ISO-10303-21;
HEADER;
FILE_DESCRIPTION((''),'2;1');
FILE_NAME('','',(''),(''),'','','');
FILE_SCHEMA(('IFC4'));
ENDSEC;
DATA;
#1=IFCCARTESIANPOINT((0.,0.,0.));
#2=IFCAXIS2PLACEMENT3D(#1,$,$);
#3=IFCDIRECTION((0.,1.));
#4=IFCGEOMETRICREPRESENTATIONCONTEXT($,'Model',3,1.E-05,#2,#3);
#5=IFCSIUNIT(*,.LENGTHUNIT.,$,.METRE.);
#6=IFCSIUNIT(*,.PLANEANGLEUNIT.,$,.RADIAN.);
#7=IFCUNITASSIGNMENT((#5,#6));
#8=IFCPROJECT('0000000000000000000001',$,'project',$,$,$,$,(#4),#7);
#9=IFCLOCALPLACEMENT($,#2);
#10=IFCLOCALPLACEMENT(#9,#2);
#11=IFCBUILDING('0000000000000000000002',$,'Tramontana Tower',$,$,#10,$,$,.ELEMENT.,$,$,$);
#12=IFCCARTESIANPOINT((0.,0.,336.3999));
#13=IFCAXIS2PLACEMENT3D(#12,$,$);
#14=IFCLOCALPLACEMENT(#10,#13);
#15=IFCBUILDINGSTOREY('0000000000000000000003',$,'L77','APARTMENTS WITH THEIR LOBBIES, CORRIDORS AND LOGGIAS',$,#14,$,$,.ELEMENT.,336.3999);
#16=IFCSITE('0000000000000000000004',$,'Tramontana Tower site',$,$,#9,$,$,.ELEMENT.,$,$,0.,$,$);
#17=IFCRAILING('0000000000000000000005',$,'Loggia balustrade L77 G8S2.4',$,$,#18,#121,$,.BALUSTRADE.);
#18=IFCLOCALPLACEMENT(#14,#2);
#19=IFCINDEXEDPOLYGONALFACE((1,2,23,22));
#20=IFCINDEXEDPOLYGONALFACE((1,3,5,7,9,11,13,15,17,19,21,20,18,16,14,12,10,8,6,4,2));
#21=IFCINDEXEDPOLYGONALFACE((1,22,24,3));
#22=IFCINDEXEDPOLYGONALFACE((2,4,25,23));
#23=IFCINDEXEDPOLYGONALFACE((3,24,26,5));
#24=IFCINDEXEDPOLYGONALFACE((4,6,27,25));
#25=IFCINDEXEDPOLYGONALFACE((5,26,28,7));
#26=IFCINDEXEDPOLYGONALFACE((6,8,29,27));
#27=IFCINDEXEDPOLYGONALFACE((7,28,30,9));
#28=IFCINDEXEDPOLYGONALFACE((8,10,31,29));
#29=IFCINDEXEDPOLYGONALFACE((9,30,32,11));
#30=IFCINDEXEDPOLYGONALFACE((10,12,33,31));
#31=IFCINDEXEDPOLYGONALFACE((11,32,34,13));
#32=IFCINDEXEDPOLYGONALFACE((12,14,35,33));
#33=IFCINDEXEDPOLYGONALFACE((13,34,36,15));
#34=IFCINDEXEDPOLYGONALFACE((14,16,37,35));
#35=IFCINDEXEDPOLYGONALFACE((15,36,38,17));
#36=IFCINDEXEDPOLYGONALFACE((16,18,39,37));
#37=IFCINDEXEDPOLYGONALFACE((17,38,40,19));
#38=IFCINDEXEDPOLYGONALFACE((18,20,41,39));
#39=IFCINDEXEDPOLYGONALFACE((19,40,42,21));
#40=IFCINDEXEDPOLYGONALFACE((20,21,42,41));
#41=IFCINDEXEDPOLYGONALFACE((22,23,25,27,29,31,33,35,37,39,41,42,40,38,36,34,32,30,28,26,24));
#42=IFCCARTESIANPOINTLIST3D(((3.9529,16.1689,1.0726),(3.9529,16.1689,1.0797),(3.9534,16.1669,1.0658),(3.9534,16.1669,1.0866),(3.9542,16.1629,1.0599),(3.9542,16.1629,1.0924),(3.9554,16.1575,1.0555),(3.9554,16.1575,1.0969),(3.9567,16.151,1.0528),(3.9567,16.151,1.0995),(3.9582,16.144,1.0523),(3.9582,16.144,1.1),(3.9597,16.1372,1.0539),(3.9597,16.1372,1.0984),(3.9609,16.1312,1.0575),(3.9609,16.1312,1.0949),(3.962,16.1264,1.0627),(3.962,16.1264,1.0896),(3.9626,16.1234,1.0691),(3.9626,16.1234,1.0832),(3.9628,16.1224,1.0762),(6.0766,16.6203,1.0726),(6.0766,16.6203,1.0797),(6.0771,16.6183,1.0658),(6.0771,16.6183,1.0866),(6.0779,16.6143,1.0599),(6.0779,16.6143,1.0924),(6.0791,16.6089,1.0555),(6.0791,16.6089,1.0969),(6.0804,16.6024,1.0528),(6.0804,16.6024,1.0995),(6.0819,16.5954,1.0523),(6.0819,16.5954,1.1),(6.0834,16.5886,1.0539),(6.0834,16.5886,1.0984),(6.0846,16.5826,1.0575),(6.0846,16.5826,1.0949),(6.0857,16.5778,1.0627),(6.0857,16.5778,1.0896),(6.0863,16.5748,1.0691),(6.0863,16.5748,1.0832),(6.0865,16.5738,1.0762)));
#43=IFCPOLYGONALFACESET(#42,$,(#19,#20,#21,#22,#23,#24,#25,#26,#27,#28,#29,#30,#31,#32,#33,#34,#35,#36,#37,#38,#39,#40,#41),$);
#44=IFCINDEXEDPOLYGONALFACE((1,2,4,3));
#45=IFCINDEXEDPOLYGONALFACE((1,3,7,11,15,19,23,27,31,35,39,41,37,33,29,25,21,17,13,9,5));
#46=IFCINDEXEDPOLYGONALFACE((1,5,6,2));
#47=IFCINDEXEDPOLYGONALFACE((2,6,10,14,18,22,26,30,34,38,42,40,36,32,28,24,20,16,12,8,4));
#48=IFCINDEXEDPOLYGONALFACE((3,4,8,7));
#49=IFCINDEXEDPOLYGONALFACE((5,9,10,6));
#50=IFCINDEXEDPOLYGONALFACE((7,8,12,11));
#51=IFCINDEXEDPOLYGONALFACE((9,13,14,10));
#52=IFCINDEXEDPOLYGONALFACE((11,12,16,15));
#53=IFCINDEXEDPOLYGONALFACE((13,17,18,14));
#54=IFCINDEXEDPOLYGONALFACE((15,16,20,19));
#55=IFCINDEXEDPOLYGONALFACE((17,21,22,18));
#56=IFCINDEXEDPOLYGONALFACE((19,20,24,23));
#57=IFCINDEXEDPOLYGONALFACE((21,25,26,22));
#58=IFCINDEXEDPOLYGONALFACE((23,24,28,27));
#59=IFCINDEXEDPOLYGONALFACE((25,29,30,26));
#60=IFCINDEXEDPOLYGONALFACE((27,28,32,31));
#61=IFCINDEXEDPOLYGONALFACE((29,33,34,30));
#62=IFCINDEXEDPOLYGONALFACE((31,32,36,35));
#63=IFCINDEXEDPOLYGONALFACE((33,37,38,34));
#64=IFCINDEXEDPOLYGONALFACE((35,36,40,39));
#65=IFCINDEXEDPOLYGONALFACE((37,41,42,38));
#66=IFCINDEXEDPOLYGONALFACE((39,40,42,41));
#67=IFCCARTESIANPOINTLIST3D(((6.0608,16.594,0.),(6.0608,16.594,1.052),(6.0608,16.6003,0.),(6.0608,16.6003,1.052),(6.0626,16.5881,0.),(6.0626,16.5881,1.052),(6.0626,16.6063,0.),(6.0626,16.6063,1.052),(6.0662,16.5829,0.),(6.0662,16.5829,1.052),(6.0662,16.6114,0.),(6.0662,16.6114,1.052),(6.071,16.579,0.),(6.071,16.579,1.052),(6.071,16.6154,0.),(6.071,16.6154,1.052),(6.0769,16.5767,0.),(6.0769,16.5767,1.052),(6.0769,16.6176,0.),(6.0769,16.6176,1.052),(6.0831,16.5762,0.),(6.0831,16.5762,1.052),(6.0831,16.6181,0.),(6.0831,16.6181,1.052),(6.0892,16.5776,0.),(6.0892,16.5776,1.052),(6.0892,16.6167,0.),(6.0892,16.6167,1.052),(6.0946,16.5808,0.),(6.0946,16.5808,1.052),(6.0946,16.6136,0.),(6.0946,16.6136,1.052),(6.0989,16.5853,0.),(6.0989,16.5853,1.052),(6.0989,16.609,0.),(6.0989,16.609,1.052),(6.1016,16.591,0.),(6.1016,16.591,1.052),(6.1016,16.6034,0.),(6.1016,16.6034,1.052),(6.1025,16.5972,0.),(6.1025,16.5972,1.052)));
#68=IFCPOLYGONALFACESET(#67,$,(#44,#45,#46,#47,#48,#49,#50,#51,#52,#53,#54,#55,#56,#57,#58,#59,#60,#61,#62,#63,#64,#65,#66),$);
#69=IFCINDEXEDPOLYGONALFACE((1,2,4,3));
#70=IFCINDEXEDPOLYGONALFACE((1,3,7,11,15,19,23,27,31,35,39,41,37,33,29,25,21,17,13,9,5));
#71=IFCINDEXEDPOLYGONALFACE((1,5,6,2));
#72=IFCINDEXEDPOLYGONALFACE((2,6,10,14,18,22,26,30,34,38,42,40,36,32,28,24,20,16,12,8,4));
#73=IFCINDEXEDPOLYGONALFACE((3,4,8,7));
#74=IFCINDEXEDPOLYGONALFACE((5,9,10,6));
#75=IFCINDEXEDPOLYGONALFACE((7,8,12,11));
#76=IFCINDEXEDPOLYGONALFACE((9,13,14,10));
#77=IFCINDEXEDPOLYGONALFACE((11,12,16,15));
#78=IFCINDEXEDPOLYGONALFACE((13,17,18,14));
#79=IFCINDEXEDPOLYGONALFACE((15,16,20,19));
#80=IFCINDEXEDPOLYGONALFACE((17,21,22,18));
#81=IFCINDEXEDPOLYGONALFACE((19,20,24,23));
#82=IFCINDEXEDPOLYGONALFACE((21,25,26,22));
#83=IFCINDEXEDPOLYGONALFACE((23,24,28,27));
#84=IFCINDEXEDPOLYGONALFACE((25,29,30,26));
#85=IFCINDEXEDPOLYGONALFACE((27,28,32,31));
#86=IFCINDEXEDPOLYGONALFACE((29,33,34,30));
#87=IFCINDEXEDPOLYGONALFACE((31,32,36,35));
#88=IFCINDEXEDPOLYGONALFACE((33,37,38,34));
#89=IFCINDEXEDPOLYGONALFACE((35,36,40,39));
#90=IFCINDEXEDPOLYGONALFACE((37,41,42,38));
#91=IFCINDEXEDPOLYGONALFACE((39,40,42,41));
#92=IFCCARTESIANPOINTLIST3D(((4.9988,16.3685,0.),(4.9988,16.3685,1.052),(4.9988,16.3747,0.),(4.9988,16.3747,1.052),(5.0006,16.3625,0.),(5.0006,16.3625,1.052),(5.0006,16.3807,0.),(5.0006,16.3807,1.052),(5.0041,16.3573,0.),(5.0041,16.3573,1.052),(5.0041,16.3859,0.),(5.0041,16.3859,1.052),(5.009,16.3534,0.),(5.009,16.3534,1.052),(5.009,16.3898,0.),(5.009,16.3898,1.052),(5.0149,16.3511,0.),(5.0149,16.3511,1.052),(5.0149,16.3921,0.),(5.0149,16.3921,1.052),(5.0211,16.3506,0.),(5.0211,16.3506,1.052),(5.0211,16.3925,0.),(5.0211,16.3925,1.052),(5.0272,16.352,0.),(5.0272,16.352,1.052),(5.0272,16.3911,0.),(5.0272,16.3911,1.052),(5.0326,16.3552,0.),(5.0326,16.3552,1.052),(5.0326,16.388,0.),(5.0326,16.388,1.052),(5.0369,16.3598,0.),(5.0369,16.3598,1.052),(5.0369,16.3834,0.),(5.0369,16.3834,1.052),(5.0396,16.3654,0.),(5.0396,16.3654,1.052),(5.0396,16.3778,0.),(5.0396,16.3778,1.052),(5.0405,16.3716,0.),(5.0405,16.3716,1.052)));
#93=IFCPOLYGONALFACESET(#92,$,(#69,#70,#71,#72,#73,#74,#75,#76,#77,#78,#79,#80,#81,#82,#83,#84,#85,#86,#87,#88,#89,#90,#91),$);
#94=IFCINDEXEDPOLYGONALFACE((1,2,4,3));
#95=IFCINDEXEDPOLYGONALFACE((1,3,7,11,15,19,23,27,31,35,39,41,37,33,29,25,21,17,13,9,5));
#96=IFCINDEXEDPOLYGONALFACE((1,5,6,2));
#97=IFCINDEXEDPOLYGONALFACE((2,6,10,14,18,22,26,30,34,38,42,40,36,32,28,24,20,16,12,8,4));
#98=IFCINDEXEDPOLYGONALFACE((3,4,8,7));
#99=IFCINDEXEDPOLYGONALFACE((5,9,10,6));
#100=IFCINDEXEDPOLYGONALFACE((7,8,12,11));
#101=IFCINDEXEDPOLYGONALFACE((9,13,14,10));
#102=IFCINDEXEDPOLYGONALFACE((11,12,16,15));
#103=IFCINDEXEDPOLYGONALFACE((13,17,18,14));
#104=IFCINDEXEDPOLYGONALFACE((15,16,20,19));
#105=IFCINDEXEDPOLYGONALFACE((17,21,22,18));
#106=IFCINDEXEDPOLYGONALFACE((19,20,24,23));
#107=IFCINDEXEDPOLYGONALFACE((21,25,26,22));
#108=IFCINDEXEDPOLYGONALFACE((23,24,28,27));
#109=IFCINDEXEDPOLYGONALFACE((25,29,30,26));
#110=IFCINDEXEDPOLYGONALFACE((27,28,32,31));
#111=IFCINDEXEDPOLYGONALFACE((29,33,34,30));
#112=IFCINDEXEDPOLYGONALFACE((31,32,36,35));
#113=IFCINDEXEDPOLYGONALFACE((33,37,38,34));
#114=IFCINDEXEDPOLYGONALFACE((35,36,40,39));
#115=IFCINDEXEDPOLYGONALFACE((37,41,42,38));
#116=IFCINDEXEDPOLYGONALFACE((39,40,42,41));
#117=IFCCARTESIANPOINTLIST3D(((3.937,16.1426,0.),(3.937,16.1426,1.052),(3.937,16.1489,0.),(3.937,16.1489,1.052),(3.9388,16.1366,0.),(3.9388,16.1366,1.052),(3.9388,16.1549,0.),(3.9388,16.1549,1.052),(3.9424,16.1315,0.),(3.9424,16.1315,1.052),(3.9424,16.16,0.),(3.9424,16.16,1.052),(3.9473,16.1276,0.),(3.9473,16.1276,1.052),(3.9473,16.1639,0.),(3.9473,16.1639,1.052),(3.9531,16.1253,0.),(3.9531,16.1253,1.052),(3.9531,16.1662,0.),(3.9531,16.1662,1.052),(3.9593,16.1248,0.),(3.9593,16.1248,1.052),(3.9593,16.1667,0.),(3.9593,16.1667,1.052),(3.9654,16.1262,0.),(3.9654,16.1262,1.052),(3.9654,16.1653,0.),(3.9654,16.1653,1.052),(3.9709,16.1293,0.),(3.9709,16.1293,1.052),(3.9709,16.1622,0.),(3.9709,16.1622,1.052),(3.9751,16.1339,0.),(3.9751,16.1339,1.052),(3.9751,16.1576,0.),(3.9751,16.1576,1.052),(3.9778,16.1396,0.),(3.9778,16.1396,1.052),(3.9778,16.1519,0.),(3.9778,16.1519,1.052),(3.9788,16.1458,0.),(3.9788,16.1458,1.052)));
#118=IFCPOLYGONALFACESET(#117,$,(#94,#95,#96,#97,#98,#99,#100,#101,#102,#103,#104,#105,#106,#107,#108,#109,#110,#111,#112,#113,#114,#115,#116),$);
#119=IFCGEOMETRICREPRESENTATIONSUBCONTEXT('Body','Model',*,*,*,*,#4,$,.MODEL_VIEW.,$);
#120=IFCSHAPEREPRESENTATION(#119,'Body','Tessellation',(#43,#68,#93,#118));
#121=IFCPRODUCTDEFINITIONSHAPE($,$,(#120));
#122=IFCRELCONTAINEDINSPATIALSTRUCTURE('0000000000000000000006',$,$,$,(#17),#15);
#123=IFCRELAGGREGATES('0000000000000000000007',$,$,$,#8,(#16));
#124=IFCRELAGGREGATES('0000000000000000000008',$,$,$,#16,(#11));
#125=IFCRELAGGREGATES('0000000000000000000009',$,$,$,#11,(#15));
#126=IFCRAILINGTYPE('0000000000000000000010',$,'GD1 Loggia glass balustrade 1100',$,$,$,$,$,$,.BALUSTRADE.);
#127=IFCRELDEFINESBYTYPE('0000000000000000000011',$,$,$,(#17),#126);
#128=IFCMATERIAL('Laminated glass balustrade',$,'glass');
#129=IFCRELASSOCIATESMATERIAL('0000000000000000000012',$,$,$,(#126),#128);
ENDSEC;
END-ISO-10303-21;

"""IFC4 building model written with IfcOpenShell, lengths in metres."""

from ifc_helpers import new_model, si_unit, direction, frame, origin, origin_2d, place, context, subcontext, project, spatial, circle, extrude, material, type_object, element, save


model = new_model("IFC4")

# Units and contexts
model_context = context("Model", 3, precision=1e-05, world=origin(), true_north=direction((0.0, 1.0)))
body_context = subcontext(model_context, "Body", "Model", "MODEL_VIEW")
ifc_project = project(units=[si_unit("LENGTHUNIT", "METRE"), si_unit("PLANEANGLEUNIT", "RADIAN")], contexts=[model_context])

# Site, building, storey
site_placement = place(None, origin())
site = spatial("IfcSite", under=ifc_project, at=site_placement, Name="Tramontana Tower site", CompositionType="ELEMENT", RefElevation=0.0)
building_placement = place(site_placement, origin())
building = spatial("IfcBuilding", under=site, at=building_placement, Name="Tramontana Tower", CompositionType="ELEMENT")
storey_placement = place(building_placement, frame((0.0, 0.0, 336.3999)))
storey = spatial("IfcBuildingStorey", under=building, at=storey_placement, Name="L77", Description="APARTMENTS WITH THEIR LOBBIES, CORRIDORS AND LOGGIAS", CompositionType="ELEMENT", Elevation=336.3999)

# Railing
ifc_material_1 = material(Name="Laminated glass balustrade", Category="glass")
railing_type = type_object("IfcRailingType", Name="GD1 Loggia glass balustrade 1100", PredefinedType="BALUSTRADE", material=ifc_material_1)
railing_placement = place(storey_placement, frame((6.0815, 16.5972, 0.0)))
element("IfcRailing", 1, at=railing_placement, inside=storey, type_object=railing_type, Name="Loggia balustrade L77 G8S2.4", PredefinedType="BALUSTRADE", context=body_context, shape_type="SweptSolid", body=[
    extrude(circle(Radius=0.0239, at=origin_2d()), frame((0.0, 0.0, 1.0762), z_axis=(-0.978148, -0.207909, 0.0), x_axis=(0.207909, -0.978148, 0.0)), (0.0, 0.0, 1.0), 2.1711),
    extrude(circle(Radius=0.021, at=origin_2d()), origin(), (0.0, 0.0, 1.0), 1.052),
    extrude(circle(Radius=0.021, at=origin_2d()), frame((-1.062, -0.2256, 0.0)), (0.0, 0.0, 1.0), 1.052),
    extrude(circle(Radius=0.021, at=origin_2d()), frame((-2.1238, -0.4514, 0.0)), (0.0, 0.0, 1.0), 1.052),
])

save(model, "model.ifc")
